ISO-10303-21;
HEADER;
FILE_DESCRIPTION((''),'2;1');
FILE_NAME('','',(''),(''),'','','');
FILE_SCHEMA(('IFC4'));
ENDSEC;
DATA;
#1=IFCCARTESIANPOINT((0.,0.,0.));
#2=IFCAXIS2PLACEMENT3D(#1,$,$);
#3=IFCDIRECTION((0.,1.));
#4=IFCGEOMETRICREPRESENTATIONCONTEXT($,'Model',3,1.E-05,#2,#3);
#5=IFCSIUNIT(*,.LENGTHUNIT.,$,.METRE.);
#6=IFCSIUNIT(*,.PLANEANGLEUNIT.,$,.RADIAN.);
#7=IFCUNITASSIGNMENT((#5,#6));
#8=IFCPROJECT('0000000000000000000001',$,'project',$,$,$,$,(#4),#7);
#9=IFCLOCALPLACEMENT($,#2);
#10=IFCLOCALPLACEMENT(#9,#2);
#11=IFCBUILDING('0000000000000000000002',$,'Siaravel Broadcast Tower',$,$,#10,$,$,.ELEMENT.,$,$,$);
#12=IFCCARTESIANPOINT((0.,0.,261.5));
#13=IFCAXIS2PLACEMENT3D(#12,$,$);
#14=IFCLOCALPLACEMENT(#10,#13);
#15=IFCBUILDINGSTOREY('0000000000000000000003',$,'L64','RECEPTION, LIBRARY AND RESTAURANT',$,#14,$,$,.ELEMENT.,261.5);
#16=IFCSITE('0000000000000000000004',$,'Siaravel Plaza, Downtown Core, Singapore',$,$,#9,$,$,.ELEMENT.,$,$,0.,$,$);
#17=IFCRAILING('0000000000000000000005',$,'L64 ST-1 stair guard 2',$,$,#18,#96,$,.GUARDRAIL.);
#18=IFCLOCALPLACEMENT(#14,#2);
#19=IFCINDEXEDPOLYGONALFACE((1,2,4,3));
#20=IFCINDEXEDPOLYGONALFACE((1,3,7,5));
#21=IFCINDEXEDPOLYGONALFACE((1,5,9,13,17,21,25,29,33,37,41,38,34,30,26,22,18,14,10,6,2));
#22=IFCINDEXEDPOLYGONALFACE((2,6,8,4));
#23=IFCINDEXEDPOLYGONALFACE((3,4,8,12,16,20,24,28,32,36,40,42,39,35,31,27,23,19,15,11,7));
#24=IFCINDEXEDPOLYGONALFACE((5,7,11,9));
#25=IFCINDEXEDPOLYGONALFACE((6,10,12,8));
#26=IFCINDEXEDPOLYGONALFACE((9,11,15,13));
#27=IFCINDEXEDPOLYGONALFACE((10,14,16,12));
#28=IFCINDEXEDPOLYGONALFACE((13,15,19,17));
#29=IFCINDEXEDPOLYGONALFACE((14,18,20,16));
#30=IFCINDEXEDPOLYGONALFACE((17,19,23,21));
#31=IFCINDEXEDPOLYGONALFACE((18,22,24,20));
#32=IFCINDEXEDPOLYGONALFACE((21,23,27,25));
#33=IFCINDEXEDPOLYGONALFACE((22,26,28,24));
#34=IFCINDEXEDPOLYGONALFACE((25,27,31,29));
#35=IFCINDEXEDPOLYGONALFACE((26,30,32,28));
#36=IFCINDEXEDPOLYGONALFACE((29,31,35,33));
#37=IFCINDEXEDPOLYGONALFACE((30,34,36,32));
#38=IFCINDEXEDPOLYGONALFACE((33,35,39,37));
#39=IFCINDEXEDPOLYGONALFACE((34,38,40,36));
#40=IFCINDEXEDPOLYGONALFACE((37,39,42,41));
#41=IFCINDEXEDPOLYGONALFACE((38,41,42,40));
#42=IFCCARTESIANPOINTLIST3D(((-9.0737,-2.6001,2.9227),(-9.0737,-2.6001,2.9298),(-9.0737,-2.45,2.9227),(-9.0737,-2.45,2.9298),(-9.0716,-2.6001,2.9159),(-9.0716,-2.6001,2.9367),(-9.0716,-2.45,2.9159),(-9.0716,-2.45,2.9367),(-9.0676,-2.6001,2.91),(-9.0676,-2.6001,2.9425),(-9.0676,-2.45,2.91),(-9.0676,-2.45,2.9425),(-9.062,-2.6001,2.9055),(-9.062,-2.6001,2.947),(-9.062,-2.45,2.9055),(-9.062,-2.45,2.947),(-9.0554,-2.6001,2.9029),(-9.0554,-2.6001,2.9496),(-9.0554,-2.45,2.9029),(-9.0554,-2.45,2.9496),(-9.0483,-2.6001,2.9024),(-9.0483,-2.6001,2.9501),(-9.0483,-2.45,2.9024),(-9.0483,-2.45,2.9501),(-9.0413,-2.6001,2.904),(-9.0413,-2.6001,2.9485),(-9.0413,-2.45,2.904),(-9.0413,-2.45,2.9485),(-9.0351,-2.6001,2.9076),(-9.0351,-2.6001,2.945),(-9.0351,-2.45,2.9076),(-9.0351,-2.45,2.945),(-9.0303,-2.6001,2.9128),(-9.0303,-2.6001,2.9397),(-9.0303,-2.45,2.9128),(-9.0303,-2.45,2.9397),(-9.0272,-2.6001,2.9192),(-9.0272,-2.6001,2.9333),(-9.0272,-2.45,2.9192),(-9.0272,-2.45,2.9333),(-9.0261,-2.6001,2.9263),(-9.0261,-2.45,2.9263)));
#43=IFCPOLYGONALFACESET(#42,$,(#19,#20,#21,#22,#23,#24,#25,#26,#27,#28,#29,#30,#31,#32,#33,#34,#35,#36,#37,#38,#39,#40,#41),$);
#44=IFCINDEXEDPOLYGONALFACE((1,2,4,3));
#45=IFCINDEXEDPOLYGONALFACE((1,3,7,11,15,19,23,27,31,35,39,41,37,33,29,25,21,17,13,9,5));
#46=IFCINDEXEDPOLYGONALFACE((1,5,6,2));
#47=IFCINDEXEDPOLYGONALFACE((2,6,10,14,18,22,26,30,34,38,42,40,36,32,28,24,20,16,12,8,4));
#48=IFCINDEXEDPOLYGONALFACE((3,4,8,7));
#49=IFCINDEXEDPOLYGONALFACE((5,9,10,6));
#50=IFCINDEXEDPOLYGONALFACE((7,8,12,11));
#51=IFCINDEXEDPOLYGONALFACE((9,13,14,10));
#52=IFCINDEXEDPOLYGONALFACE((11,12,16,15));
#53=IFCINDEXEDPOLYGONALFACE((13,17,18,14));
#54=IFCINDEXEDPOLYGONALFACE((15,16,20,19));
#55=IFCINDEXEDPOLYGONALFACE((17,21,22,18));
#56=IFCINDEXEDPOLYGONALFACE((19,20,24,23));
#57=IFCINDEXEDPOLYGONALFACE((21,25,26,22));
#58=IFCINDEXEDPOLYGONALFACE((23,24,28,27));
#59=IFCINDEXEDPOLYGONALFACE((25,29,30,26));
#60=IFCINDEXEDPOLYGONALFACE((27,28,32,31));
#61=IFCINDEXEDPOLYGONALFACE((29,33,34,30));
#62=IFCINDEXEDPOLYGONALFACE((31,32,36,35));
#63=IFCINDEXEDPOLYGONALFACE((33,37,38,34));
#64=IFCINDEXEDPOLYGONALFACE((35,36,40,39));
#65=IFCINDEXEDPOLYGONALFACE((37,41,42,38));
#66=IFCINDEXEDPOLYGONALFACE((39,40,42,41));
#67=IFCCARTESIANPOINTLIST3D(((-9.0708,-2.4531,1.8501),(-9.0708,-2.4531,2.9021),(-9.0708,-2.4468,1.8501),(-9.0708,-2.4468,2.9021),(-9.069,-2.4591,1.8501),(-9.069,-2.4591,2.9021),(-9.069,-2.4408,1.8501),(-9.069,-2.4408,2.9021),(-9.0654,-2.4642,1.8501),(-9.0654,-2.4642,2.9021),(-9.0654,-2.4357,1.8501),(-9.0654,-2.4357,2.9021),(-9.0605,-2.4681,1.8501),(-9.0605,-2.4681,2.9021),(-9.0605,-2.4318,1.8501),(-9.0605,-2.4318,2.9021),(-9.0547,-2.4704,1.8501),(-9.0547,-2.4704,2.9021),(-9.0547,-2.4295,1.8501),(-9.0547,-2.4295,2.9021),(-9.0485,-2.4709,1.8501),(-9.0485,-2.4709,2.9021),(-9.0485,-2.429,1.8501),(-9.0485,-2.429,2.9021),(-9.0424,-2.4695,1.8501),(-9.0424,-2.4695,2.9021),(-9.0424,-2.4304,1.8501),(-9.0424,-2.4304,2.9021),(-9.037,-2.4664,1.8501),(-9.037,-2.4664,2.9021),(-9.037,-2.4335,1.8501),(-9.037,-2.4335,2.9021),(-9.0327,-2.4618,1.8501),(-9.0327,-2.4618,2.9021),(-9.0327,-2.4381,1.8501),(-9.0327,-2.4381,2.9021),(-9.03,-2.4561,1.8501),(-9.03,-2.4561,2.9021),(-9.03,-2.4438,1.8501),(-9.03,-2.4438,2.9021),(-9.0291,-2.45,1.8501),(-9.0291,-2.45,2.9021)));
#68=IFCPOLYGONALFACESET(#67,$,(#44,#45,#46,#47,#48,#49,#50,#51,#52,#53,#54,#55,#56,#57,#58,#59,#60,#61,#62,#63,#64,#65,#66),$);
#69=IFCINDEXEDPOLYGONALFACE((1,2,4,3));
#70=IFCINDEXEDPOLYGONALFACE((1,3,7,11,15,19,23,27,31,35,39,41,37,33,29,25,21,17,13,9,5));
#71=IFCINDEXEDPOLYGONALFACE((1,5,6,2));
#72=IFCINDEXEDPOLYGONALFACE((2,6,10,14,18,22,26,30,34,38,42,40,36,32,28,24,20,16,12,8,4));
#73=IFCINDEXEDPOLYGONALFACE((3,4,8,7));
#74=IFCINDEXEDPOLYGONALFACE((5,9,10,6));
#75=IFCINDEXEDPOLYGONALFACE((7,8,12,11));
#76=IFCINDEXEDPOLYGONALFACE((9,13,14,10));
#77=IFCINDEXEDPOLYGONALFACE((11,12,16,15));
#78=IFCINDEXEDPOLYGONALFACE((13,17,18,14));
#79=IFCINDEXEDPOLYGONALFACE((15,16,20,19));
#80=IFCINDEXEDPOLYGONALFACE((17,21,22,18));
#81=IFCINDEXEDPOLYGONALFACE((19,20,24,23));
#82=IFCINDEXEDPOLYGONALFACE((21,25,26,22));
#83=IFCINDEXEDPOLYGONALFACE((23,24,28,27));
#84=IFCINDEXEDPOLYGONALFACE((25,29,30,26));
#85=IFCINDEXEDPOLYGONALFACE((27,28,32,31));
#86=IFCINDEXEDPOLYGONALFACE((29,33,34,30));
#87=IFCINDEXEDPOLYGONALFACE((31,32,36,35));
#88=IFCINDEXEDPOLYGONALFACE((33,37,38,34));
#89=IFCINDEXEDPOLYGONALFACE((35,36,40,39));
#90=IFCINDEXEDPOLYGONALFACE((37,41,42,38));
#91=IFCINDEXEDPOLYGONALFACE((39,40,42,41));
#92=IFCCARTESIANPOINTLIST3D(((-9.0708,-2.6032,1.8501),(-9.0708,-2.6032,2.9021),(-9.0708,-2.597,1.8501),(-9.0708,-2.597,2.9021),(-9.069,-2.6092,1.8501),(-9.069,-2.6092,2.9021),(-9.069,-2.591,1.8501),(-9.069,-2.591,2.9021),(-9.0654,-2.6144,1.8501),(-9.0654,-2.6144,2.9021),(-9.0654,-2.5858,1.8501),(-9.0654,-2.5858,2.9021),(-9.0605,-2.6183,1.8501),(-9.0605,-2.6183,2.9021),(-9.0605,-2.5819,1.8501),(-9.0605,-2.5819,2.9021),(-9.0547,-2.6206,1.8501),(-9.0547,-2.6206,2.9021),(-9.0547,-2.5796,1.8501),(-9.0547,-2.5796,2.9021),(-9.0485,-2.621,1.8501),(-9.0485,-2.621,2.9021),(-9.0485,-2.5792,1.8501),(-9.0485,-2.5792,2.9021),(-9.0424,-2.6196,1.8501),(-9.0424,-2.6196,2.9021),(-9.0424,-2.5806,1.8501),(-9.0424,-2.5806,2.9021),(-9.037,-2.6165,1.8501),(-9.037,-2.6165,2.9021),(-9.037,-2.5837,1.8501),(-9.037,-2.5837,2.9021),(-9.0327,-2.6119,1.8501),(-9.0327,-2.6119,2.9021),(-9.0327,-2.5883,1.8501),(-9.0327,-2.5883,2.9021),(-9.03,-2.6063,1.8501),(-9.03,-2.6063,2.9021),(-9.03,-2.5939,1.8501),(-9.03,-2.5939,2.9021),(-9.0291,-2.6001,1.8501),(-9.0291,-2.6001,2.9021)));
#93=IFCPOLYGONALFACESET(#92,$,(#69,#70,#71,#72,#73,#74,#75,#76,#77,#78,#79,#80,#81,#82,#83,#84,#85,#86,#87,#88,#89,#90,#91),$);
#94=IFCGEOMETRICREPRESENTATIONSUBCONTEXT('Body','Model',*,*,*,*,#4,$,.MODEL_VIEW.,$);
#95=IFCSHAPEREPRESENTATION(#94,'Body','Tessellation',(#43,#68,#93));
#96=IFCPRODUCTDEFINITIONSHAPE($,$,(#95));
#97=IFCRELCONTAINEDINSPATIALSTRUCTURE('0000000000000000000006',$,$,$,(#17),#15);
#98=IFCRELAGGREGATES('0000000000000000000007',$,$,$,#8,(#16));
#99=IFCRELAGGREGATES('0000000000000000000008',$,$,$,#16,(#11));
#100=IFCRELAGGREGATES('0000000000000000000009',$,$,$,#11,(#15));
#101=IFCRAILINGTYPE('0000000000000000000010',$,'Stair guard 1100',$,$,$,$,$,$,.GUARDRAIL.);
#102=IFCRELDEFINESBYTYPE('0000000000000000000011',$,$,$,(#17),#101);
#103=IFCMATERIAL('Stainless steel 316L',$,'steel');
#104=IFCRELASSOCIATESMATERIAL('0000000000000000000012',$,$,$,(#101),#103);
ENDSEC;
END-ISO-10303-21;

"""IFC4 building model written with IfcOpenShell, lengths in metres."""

from ifc_helpers import new_model, si_unit, direction, frame, origin, origin_2d, place, context, subcontext, project, spatial, circle, extrude, material, type_object, element, save


model = new_model("IFC4")

# Units and contexts
model_context = context("Model", 3, precision=1e-05, world=origin(), true_north=direction((0.0, 1.0)))
body_context = subcontext(model_context, "Body", "Model", "MODEL_VIEW")
ifc_project = project(units=[si_unit("LENGTHUNIT", "METRE"), si_unit("PLANEANGLEUNIT", "RADIAN")], contexts=[model_context])

# Site, building, storey
site_placement = place(None, origin())
site = spatial("IfcSite", under=ifc_project, at=site_placement, Name="Siaravel Plaza, Downtown Core, Singapore", CompositionType="ELEMENT", RefElevation=0.0)
building_placement = place(site_placement, origin())
building = spatial("IfcBuilding", under=site, at=building_placement, Name="Siaravel Broadcast Tower", CompositionType="ELEMENT")
storey_placement = place(building_placement, frame((0.0, 0.0, 261.5)))
storey = spatial("IfcBuildingStorey", under=building, at=storey_placement, Name="L64", Description="RECEPTION, LIBRARY AND RESTAURANT", CompositionType="ELEMENT", Elevation=261.5)

# Shared definitions
ifc_material_1 = material(Name="Stainless steel 316L", Category="steel")

# Railing
railing_type_1 = type_object("IfcRailingType", Name="Stair guard 1100", PredefinedType="GUARDRAIL", material=ifc_material_1)
railing_1_placement = place(storey_placement, frame((-9.05, -2.45, 1.8501)))
element("IfcRailing", 1, at=railing_1_placement, inside=storey, type_object=railing_type_1, Name="L64 ST-1 stair guard 2", PredefinedType="GUARDRAIL", context=body_context, shape_type="SweptSolid", body=[
    extrude(circle(Radius=0.0239, at=origin_2d()), frame((0.0, 0.0, 1.0762), z_axis=(0.0, -1.0, 0.0), x_axis=(1.0, 0.0, 0.0)), (0.0, 0.0, 1.0), 0.1501),
    extrude(circle(Radius=0.021, at=origin_2d()), origin(), (0.0, 0.0, 1.0), 1.052),
    extrude(circle(Radius=0.021, at=origin_2d()), frame((0.0, -0.1501, 0.0)), (0.0, 0.0, 1.0), 1.052),
])

save(model, "model.ifc")
